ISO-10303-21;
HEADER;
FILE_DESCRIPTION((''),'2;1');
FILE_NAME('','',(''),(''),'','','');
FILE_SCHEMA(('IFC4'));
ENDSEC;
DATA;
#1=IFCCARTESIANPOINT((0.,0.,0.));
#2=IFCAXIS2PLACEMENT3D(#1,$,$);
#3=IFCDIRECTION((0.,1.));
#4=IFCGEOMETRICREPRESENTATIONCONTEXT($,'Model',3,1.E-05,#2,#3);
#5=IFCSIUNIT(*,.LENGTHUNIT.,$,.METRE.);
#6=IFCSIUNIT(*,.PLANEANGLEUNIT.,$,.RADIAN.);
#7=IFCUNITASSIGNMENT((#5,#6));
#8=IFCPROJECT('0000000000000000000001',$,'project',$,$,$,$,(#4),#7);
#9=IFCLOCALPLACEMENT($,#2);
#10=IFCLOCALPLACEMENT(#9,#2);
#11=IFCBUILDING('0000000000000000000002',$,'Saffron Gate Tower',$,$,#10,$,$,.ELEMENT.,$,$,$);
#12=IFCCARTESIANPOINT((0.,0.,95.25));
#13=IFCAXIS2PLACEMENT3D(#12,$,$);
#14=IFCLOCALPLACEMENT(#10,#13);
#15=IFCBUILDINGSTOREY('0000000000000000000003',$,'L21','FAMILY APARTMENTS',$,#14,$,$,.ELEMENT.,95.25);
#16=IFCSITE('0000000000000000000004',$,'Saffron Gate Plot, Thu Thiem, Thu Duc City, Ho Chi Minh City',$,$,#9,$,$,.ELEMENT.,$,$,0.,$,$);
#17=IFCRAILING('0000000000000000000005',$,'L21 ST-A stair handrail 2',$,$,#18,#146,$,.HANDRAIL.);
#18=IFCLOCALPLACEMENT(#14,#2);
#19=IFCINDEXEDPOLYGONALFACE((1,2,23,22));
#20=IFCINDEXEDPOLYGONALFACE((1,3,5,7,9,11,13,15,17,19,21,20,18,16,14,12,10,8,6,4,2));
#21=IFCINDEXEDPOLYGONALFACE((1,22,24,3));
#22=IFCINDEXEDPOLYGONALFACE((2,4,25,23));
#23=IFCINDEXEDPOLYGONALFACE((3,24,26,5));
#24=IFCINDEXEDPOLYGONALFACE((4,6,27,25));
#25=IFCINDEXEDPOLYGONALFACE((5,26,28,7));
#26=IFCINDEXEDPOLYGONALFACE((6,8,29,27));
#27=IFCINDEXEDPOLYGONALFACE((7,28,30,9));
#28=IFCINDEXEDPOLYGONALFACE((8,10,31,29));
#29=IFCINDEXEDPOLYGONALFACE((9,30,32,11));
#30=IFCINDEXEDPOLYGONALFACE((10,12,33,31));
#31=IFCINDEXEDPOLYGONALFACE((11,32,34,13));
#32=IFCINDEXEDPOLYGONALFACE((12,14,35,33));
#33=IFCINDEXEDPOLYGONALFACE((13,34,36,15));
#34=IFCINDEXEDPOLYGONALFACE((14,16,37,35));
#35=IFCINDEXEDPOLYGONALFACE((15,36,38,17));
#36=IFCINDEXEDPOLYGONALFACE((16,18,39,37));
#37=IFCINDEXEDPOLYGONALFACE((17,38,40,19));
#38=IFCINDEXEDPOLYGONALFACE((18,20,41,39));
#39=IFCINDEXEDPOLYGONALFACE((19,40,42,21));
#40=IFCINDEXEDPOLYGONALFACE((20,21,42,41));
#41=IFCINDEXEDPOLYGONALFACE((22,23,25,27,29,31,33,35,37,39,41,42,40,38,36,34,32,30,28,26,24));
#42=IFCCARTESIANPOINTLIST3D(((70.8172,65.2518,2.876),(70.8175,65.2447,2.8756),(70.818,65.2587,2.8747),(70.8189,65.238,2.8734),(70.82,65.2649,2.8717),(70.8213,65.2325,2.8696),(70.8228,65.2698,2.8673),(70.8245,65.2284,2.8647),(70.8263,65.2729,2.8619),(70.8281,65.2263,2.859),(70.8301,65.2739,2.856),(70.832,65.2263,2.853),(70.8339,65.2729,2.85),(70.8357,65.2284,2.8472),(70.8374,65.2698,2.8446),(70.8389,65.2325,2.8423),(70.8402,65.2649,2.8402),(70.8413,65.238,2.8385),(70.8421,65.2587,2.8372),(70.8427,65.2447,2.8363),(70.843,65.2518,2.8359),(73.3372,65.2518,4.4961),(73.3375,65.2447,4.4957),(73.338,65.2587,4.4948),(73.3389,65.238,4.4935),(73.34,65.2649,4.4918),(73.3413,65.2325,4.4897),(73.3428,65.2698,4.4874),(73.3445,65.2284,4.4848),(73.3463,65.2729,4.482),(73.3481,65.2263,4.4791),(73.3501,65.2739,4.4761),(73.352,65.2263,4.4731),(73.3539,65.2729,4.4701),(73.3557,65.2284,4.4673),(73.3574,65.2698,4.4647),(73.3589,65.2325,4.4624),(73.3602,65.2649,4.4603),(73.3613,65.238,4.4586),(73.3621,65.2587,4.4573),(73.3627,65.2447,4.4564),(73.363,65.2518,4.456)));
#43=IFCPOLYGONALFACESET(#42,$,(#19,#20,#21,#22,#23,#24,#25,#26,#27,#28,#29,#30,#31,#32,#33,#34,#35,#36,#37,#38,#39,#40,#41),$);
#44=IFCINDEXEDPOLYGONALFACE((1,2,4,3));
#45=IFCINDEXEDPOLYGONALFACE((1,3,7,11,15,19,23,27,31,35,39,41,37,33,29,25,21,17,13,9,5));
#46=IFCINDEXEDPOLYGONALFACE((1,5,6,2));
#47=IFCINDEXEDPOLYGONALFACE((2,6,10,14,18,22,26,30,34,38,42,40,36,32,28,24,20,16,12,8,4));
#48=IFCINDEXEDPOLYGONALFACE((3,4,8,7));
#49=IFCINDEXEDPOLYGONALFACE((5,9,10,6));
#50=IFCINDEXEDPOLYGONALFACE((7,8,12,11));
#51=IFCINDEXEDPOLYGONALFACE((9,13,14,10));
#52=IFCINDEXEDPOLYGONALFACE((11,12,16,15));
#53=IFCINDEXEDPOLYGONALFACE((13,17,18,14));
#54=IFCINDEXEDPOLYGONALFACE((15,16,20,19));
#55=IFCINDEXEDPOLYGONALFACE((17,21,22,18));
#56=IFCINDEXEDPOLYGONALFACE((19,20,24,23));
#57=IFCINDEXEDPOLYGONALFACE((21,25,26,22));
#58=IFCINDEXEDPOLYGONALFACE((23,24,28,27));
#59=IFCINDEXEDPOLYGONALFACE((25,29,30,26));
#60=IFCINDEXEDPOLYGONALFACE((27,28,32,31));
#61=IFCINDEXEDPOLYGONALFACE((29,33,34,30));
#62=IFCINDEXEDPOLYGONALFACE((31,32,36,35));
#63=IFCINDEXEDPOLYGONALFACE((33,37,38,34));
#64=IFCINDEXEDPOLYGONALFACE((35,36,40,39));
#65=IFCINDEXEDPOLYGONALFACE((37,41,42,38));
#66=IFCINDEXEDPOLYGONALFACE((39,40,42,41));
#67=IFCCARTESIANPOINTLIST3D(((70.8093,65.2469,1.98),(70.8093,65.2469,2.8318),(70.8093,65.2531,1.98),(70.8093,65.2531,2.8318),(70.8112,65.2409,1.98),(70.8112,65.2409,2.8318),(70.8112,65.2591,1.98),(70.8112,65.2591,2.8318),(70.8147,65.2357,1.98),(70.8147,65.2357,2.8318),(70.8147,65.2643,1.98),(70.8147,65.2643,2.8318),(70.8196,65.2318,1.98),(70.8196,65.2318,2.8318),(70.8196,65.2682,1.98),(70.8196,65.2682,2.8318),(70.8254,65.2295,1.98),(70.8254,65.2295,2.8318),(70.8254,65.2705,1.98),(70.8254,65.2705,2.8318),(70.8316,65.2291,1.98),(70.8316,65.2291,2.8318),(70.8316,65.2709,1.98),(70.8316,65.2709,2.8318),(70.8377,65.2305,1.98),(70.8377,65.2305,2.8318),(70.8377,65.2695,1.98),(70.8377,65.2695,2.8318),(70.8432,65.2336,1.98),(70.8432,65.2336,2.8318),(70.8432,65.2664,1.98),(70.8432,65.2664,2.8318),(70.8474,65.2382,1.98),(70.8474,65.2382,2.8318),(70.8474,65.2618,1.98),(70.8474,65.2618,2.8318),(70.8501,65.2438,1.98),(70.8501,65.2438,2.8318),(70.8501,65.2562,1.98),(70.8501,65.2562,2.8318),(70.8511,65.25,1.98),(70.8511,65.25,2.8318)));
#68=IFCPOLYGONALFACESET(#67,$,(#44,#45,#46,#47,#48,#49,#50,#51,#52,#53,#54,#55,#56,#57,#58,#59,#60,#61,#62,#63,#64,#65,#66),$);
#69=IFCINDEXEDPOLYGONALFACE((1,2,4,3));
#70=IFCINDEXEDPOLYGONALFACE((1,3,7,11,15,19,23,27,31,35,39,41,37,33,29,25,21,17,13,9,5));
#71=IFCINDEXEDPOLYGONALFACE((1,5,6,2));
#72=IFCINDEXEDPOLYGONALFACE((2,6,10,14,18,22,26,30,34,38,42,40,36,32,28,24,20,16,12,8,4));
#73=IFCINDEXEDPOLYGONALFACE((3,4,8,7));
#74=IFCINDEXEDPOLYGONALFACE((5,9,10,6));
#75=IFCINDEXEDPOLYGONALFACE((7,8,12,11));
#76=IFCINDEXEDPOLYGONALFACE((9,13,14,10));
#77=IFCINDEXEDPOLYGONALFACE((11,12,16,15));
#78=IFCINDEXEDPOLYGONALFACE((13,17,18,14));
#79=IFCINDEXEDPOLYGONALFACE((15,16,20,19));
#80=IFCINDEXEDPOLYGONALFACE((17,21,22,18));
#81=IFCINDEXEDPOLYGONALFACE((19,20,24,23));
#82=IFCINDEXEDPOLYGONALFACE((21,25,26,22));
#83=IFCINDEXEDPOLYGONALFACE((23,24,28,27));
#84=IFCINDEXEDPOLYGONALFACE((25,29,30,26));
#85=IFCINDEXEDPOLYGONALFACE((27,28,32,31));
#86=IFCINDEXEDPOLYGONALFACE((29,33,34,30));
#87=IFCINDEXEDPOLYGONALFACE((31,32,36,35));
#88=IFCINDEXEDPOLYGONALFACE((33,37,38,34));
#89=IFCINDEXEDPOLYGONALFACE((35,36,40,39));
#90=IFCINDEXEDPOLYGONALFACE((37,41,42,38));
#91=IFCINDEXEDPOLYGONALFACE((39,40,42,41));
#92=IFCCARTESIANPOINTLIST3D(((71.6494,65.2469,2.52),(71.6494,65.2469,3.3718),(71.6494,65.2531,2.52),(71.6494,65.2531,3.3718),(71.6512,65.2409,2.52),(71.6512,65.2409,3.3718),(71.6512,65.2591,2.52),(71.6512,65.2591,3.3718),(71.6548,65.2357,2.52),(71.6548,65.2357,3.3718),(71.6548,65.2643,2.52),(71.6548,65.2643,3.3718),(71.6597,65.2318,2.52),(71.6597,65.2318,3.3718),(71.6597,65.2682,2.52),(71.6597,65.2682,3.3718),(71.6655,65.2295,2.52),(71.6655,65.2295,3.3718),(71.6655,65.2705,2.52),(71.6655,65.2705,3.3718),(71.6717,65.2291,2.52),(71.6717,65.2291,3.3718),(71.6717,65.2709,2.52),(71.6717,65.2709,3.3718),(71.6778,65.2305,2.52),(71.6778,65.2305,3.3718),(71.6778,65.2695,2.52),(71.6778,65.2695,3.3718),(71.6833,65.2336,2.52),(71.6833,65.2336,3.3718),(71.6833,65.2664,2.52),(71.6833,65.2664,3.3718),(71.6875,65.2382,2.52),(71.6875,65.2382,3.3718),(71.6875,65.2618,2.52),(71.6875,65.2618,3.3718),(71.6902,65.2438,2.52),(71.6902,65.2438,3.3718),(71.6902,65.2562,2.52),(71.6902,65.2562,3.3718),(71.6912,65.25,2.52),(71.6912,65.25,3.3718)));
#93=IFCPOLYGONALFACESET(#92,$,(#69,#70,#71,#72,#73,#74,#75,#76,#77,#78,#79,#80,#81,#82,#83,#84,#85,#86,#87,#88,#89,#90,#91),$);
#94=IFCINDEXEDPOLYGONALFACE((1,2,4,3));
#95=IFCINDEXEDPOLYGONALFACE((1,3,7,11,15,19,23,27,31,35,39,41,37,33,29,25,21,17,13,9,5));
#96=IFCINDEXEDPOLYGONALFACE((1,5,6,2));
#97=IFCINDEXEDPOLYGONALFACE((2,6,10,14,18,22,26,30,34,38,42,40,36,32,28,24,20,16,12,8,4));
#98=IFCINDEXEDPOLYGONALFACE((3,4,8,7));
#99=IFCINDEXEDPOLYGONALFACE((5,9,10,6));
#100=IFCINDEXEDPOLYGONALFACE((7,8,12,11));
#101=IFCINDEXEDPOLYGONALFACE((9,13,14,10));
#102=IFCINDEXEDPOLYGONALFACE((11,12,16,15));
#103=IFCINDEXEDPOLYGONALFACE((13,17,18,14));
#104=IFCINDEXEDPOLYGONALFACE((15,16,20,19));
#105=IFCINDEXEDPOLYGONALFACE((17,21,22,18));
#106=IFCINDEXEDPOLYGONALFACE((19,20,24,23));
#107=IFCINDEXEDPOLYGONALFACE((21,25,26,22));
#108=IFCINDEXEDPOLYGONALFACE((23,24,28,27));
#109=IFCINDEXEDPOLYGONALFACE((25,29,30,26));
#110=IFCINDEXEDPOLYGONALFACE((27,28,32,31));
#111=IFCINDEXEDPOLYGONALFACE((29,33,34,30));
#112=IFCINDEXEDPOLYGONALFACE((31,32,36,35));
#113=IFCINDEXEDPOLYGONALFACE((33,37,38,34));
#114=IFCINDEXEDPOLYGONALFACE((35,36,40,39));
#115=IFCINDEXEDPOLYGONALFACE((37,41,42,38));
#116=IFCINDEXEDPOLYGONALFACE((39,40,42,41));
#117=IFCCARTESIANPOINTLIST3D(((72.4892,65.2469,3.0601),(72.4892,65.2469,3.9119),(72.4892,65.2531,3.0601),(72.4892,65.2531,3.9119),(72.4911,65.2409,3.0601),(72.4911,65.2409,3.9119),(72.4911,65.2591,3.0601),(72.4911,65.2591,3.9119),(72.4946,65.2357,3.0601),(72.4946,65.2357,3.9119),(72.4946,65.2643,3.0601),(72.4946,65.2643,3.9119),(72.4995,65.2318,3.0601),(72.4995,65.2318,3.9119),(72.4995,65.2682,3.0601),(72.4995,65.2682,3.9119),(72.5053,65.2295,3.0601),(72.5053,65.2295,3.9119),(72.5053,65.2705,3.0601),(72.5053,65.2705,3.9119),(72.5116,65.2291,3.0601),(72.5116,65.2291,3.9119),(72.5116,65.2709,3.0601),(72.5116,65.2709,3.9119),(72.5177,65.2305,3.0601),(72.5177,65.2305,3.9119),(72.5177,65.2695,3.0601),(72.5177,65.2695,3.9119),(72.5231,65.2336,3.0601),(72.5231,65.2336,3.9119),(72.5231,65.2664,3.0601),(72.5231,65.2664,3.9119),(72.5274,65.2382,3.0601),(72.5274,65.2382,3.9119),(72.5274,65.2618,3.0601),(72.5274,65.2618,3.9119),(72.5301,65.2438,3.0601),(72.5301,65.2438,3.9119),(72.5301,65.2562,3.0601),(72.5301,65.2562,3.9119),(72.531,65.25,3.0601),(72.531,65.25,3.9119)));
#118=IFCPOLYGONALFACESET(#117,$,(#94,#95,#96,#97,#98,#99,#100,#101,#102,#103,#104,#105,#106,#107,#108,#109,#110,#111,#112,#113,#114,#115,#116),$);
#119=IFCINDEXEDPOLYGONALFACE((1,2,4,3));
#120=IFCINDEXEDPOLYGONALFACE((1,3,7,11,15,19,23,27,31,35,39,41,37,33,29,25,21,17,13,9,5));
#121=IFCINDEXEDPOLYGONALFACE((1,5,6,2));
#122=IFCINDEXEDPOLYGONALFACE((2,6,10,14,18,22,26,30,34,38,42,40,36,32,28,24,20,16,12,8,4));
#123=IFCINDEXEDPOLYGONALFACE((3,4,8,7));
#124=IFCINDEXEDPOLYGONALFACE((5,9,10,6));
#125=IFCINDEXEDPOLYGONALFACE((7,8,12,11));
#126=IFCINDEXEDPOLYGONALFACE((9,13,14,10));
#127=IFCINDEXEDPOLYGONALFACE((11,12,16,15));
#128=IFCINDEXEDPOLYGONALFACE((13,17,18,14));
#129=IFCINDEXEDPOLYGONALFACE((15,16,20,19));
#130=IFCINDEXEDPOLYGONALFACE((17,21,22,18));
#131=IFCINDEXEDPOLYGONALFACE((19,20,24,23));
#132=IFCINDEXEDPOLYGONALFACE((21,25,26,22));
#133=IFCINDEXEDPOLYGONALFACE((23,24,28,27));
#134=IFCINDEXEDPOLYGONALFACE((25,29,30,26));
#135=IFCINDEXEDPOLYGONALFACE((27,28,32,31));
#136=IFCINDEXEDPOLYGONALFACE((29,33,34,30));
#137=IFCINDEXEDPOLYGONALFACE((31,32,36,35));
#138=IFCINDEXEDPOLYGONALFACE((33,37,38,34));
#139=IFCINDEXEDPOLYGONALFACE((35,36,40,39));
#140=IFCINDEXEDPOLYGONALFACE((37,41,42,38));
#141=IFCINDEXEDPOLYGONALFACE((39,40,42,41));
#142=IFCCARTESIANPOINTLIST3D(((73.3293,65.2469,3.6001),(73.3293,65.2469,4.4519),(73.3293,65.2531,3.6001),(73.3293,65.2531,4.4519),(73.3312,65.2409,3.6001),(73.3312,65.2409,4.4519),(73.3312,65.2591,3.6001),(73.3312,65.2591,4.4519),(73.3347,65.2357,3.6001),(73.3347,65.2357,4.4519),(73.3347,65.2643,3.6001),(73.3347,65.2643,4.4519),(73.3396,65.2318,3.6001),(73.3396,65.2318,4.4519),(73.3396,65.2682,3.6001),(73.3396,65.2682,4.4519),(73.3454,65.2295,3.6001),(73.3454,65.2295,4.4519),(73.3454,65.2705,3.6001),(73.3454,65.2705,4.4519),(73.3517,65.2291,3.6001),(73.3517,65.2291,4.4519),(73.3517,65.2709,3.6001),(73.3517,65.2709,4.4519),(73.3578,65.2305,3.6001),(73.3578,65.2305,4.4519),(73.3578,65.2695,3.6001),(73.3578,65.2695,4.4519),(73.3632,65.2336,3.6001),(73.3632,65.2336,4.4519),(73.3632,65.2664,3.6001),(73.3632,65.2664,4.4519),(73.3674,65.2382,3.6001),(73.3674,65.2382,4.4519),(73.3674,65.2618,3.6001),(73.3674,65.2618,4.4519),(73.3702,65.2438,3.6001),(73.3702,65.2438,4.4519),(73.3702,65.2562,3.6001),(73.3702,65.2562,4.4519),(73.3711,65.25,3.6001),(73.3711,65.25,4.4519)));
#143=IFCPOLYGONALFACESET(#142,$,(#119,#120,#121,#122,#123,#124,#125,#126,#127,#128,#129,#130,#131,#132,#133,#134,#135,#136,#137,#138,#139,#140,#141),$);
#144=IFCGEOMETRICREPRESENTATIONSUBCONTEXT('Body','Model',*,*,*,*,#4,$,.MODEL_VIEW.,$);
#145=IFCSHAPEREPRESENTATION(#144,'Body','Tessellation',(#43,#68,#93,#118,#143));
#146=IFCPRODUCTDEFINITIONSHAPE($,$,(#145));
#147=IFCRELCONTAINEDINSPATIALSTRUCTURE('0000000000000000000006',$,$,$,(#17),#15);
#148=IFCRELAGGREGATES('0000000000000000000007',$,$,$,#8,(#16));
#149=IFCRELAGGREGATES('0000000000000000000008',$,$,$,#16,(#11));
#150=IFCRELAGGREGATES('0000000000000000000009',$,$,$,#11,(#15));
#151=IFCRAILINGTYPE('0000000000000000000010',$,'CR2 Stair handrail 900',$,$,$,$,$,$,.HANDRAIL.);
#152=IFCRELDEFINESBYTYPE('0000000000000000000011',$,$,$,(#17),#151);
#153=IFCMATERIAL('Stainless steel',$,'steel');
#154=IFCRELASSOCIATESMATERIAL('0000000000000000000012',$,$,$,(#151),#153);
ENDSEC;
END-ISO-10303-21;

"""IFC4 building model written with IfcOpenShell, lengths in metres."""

from ifc_helpers import new_model, si_unit, direction, frame, origin, origin_2d, place, context, subcontext, project, spatial, circle, extrude, material, type_object, element, save


model = new_model("IFC4")

# Units and contexts
model_context = context("Model", 3, precision=1e-05, world=origin(), true_north=direction((0.0, 1.0)))
body_context = subcontext(model_context, "Body", "Model", "MODEL_VIEW")
ifc_project = project(units=[si_unit("LENGTHUNIT", "METRE"), si_unit("PLANEANGLEUNIT", "RADIAN")], contexts=[model_context])

# Site, building, storey
site_placement = place(None, origin())
site = spatial("IfcSite", under=ifc_project, at=site_placement, Name="Saffron Gate Plot, Thu Thiem, Thu Duc City, Ho Chi Minh City", CompositionType="ELEMENT", RefElevation=0.0)
building_placement = place(site_placement, origin())
building = spatial("IfcBuilding", under=site, at=building_placement, Name="Saffron Gate Tower", CompositionType="ELEMENT")
storey_placement = place(building_placement, frame((0.0, 0.0, 95.25)))
storey = spatial("IfcBuildingStorey", under=building, at=storey_placement, Name="L21", Description="FAMILY APARTMENTS", CompositionType="ELEMENT", Elevation=95.25)

# Railing
ifc_material_1 = material(Name="Stainless steel", Category="steel")
railing_type_1 = type_object("IfcRailingType", Name="CR2 Stair handrail 900", PredefinedType="HANDRAIL", material=ifc_material_1)
railing_1_placement = place(storey_placement, frame((70.8301, 65.25, 1.98)))
element("IfcRailing", 1, at=railing_1_placement, inside=storey, type_object=railing_type_1, Name="L21 ST-A stair handrail 2", PredefinedType="HANDRAIL", context=body_context, shape_type="SweptSolid", body=[
    extrude(circle(Radius=0.0239, at=origin_2d()), frame((0.0, 0.0, 0.876), z_axis=(0.841163, 0.0, 0.540782), x_axis=(0.0, 1.0, 0.0)), (0.0, 0.0, 1.0), 2.9958),
    extrude(circle(Radius=0.021, at=origin_2d()), origin(), (0.0, 0.0, 1.0), 0.8518),
    extrude(circle(Radius=0.021, at=origin_2d()), frame((0.8401, 0.0, 0.54)), (0.0, 0.0, 1.0), 0.8518),
    extrude(circle(Radius=0.021, at=origin_2d()), frame((1.6799, 0.0, 1.0801)), (0.0, 0.0, 1.0), 0.8518),
    extrude(circle(Radius=0.021, at=origin_2d()), frame((2.52, 0.0, 1.6201)), (0.0, 0.0, 1.0), 0.8518),
])

save(model, "model.ifc")
